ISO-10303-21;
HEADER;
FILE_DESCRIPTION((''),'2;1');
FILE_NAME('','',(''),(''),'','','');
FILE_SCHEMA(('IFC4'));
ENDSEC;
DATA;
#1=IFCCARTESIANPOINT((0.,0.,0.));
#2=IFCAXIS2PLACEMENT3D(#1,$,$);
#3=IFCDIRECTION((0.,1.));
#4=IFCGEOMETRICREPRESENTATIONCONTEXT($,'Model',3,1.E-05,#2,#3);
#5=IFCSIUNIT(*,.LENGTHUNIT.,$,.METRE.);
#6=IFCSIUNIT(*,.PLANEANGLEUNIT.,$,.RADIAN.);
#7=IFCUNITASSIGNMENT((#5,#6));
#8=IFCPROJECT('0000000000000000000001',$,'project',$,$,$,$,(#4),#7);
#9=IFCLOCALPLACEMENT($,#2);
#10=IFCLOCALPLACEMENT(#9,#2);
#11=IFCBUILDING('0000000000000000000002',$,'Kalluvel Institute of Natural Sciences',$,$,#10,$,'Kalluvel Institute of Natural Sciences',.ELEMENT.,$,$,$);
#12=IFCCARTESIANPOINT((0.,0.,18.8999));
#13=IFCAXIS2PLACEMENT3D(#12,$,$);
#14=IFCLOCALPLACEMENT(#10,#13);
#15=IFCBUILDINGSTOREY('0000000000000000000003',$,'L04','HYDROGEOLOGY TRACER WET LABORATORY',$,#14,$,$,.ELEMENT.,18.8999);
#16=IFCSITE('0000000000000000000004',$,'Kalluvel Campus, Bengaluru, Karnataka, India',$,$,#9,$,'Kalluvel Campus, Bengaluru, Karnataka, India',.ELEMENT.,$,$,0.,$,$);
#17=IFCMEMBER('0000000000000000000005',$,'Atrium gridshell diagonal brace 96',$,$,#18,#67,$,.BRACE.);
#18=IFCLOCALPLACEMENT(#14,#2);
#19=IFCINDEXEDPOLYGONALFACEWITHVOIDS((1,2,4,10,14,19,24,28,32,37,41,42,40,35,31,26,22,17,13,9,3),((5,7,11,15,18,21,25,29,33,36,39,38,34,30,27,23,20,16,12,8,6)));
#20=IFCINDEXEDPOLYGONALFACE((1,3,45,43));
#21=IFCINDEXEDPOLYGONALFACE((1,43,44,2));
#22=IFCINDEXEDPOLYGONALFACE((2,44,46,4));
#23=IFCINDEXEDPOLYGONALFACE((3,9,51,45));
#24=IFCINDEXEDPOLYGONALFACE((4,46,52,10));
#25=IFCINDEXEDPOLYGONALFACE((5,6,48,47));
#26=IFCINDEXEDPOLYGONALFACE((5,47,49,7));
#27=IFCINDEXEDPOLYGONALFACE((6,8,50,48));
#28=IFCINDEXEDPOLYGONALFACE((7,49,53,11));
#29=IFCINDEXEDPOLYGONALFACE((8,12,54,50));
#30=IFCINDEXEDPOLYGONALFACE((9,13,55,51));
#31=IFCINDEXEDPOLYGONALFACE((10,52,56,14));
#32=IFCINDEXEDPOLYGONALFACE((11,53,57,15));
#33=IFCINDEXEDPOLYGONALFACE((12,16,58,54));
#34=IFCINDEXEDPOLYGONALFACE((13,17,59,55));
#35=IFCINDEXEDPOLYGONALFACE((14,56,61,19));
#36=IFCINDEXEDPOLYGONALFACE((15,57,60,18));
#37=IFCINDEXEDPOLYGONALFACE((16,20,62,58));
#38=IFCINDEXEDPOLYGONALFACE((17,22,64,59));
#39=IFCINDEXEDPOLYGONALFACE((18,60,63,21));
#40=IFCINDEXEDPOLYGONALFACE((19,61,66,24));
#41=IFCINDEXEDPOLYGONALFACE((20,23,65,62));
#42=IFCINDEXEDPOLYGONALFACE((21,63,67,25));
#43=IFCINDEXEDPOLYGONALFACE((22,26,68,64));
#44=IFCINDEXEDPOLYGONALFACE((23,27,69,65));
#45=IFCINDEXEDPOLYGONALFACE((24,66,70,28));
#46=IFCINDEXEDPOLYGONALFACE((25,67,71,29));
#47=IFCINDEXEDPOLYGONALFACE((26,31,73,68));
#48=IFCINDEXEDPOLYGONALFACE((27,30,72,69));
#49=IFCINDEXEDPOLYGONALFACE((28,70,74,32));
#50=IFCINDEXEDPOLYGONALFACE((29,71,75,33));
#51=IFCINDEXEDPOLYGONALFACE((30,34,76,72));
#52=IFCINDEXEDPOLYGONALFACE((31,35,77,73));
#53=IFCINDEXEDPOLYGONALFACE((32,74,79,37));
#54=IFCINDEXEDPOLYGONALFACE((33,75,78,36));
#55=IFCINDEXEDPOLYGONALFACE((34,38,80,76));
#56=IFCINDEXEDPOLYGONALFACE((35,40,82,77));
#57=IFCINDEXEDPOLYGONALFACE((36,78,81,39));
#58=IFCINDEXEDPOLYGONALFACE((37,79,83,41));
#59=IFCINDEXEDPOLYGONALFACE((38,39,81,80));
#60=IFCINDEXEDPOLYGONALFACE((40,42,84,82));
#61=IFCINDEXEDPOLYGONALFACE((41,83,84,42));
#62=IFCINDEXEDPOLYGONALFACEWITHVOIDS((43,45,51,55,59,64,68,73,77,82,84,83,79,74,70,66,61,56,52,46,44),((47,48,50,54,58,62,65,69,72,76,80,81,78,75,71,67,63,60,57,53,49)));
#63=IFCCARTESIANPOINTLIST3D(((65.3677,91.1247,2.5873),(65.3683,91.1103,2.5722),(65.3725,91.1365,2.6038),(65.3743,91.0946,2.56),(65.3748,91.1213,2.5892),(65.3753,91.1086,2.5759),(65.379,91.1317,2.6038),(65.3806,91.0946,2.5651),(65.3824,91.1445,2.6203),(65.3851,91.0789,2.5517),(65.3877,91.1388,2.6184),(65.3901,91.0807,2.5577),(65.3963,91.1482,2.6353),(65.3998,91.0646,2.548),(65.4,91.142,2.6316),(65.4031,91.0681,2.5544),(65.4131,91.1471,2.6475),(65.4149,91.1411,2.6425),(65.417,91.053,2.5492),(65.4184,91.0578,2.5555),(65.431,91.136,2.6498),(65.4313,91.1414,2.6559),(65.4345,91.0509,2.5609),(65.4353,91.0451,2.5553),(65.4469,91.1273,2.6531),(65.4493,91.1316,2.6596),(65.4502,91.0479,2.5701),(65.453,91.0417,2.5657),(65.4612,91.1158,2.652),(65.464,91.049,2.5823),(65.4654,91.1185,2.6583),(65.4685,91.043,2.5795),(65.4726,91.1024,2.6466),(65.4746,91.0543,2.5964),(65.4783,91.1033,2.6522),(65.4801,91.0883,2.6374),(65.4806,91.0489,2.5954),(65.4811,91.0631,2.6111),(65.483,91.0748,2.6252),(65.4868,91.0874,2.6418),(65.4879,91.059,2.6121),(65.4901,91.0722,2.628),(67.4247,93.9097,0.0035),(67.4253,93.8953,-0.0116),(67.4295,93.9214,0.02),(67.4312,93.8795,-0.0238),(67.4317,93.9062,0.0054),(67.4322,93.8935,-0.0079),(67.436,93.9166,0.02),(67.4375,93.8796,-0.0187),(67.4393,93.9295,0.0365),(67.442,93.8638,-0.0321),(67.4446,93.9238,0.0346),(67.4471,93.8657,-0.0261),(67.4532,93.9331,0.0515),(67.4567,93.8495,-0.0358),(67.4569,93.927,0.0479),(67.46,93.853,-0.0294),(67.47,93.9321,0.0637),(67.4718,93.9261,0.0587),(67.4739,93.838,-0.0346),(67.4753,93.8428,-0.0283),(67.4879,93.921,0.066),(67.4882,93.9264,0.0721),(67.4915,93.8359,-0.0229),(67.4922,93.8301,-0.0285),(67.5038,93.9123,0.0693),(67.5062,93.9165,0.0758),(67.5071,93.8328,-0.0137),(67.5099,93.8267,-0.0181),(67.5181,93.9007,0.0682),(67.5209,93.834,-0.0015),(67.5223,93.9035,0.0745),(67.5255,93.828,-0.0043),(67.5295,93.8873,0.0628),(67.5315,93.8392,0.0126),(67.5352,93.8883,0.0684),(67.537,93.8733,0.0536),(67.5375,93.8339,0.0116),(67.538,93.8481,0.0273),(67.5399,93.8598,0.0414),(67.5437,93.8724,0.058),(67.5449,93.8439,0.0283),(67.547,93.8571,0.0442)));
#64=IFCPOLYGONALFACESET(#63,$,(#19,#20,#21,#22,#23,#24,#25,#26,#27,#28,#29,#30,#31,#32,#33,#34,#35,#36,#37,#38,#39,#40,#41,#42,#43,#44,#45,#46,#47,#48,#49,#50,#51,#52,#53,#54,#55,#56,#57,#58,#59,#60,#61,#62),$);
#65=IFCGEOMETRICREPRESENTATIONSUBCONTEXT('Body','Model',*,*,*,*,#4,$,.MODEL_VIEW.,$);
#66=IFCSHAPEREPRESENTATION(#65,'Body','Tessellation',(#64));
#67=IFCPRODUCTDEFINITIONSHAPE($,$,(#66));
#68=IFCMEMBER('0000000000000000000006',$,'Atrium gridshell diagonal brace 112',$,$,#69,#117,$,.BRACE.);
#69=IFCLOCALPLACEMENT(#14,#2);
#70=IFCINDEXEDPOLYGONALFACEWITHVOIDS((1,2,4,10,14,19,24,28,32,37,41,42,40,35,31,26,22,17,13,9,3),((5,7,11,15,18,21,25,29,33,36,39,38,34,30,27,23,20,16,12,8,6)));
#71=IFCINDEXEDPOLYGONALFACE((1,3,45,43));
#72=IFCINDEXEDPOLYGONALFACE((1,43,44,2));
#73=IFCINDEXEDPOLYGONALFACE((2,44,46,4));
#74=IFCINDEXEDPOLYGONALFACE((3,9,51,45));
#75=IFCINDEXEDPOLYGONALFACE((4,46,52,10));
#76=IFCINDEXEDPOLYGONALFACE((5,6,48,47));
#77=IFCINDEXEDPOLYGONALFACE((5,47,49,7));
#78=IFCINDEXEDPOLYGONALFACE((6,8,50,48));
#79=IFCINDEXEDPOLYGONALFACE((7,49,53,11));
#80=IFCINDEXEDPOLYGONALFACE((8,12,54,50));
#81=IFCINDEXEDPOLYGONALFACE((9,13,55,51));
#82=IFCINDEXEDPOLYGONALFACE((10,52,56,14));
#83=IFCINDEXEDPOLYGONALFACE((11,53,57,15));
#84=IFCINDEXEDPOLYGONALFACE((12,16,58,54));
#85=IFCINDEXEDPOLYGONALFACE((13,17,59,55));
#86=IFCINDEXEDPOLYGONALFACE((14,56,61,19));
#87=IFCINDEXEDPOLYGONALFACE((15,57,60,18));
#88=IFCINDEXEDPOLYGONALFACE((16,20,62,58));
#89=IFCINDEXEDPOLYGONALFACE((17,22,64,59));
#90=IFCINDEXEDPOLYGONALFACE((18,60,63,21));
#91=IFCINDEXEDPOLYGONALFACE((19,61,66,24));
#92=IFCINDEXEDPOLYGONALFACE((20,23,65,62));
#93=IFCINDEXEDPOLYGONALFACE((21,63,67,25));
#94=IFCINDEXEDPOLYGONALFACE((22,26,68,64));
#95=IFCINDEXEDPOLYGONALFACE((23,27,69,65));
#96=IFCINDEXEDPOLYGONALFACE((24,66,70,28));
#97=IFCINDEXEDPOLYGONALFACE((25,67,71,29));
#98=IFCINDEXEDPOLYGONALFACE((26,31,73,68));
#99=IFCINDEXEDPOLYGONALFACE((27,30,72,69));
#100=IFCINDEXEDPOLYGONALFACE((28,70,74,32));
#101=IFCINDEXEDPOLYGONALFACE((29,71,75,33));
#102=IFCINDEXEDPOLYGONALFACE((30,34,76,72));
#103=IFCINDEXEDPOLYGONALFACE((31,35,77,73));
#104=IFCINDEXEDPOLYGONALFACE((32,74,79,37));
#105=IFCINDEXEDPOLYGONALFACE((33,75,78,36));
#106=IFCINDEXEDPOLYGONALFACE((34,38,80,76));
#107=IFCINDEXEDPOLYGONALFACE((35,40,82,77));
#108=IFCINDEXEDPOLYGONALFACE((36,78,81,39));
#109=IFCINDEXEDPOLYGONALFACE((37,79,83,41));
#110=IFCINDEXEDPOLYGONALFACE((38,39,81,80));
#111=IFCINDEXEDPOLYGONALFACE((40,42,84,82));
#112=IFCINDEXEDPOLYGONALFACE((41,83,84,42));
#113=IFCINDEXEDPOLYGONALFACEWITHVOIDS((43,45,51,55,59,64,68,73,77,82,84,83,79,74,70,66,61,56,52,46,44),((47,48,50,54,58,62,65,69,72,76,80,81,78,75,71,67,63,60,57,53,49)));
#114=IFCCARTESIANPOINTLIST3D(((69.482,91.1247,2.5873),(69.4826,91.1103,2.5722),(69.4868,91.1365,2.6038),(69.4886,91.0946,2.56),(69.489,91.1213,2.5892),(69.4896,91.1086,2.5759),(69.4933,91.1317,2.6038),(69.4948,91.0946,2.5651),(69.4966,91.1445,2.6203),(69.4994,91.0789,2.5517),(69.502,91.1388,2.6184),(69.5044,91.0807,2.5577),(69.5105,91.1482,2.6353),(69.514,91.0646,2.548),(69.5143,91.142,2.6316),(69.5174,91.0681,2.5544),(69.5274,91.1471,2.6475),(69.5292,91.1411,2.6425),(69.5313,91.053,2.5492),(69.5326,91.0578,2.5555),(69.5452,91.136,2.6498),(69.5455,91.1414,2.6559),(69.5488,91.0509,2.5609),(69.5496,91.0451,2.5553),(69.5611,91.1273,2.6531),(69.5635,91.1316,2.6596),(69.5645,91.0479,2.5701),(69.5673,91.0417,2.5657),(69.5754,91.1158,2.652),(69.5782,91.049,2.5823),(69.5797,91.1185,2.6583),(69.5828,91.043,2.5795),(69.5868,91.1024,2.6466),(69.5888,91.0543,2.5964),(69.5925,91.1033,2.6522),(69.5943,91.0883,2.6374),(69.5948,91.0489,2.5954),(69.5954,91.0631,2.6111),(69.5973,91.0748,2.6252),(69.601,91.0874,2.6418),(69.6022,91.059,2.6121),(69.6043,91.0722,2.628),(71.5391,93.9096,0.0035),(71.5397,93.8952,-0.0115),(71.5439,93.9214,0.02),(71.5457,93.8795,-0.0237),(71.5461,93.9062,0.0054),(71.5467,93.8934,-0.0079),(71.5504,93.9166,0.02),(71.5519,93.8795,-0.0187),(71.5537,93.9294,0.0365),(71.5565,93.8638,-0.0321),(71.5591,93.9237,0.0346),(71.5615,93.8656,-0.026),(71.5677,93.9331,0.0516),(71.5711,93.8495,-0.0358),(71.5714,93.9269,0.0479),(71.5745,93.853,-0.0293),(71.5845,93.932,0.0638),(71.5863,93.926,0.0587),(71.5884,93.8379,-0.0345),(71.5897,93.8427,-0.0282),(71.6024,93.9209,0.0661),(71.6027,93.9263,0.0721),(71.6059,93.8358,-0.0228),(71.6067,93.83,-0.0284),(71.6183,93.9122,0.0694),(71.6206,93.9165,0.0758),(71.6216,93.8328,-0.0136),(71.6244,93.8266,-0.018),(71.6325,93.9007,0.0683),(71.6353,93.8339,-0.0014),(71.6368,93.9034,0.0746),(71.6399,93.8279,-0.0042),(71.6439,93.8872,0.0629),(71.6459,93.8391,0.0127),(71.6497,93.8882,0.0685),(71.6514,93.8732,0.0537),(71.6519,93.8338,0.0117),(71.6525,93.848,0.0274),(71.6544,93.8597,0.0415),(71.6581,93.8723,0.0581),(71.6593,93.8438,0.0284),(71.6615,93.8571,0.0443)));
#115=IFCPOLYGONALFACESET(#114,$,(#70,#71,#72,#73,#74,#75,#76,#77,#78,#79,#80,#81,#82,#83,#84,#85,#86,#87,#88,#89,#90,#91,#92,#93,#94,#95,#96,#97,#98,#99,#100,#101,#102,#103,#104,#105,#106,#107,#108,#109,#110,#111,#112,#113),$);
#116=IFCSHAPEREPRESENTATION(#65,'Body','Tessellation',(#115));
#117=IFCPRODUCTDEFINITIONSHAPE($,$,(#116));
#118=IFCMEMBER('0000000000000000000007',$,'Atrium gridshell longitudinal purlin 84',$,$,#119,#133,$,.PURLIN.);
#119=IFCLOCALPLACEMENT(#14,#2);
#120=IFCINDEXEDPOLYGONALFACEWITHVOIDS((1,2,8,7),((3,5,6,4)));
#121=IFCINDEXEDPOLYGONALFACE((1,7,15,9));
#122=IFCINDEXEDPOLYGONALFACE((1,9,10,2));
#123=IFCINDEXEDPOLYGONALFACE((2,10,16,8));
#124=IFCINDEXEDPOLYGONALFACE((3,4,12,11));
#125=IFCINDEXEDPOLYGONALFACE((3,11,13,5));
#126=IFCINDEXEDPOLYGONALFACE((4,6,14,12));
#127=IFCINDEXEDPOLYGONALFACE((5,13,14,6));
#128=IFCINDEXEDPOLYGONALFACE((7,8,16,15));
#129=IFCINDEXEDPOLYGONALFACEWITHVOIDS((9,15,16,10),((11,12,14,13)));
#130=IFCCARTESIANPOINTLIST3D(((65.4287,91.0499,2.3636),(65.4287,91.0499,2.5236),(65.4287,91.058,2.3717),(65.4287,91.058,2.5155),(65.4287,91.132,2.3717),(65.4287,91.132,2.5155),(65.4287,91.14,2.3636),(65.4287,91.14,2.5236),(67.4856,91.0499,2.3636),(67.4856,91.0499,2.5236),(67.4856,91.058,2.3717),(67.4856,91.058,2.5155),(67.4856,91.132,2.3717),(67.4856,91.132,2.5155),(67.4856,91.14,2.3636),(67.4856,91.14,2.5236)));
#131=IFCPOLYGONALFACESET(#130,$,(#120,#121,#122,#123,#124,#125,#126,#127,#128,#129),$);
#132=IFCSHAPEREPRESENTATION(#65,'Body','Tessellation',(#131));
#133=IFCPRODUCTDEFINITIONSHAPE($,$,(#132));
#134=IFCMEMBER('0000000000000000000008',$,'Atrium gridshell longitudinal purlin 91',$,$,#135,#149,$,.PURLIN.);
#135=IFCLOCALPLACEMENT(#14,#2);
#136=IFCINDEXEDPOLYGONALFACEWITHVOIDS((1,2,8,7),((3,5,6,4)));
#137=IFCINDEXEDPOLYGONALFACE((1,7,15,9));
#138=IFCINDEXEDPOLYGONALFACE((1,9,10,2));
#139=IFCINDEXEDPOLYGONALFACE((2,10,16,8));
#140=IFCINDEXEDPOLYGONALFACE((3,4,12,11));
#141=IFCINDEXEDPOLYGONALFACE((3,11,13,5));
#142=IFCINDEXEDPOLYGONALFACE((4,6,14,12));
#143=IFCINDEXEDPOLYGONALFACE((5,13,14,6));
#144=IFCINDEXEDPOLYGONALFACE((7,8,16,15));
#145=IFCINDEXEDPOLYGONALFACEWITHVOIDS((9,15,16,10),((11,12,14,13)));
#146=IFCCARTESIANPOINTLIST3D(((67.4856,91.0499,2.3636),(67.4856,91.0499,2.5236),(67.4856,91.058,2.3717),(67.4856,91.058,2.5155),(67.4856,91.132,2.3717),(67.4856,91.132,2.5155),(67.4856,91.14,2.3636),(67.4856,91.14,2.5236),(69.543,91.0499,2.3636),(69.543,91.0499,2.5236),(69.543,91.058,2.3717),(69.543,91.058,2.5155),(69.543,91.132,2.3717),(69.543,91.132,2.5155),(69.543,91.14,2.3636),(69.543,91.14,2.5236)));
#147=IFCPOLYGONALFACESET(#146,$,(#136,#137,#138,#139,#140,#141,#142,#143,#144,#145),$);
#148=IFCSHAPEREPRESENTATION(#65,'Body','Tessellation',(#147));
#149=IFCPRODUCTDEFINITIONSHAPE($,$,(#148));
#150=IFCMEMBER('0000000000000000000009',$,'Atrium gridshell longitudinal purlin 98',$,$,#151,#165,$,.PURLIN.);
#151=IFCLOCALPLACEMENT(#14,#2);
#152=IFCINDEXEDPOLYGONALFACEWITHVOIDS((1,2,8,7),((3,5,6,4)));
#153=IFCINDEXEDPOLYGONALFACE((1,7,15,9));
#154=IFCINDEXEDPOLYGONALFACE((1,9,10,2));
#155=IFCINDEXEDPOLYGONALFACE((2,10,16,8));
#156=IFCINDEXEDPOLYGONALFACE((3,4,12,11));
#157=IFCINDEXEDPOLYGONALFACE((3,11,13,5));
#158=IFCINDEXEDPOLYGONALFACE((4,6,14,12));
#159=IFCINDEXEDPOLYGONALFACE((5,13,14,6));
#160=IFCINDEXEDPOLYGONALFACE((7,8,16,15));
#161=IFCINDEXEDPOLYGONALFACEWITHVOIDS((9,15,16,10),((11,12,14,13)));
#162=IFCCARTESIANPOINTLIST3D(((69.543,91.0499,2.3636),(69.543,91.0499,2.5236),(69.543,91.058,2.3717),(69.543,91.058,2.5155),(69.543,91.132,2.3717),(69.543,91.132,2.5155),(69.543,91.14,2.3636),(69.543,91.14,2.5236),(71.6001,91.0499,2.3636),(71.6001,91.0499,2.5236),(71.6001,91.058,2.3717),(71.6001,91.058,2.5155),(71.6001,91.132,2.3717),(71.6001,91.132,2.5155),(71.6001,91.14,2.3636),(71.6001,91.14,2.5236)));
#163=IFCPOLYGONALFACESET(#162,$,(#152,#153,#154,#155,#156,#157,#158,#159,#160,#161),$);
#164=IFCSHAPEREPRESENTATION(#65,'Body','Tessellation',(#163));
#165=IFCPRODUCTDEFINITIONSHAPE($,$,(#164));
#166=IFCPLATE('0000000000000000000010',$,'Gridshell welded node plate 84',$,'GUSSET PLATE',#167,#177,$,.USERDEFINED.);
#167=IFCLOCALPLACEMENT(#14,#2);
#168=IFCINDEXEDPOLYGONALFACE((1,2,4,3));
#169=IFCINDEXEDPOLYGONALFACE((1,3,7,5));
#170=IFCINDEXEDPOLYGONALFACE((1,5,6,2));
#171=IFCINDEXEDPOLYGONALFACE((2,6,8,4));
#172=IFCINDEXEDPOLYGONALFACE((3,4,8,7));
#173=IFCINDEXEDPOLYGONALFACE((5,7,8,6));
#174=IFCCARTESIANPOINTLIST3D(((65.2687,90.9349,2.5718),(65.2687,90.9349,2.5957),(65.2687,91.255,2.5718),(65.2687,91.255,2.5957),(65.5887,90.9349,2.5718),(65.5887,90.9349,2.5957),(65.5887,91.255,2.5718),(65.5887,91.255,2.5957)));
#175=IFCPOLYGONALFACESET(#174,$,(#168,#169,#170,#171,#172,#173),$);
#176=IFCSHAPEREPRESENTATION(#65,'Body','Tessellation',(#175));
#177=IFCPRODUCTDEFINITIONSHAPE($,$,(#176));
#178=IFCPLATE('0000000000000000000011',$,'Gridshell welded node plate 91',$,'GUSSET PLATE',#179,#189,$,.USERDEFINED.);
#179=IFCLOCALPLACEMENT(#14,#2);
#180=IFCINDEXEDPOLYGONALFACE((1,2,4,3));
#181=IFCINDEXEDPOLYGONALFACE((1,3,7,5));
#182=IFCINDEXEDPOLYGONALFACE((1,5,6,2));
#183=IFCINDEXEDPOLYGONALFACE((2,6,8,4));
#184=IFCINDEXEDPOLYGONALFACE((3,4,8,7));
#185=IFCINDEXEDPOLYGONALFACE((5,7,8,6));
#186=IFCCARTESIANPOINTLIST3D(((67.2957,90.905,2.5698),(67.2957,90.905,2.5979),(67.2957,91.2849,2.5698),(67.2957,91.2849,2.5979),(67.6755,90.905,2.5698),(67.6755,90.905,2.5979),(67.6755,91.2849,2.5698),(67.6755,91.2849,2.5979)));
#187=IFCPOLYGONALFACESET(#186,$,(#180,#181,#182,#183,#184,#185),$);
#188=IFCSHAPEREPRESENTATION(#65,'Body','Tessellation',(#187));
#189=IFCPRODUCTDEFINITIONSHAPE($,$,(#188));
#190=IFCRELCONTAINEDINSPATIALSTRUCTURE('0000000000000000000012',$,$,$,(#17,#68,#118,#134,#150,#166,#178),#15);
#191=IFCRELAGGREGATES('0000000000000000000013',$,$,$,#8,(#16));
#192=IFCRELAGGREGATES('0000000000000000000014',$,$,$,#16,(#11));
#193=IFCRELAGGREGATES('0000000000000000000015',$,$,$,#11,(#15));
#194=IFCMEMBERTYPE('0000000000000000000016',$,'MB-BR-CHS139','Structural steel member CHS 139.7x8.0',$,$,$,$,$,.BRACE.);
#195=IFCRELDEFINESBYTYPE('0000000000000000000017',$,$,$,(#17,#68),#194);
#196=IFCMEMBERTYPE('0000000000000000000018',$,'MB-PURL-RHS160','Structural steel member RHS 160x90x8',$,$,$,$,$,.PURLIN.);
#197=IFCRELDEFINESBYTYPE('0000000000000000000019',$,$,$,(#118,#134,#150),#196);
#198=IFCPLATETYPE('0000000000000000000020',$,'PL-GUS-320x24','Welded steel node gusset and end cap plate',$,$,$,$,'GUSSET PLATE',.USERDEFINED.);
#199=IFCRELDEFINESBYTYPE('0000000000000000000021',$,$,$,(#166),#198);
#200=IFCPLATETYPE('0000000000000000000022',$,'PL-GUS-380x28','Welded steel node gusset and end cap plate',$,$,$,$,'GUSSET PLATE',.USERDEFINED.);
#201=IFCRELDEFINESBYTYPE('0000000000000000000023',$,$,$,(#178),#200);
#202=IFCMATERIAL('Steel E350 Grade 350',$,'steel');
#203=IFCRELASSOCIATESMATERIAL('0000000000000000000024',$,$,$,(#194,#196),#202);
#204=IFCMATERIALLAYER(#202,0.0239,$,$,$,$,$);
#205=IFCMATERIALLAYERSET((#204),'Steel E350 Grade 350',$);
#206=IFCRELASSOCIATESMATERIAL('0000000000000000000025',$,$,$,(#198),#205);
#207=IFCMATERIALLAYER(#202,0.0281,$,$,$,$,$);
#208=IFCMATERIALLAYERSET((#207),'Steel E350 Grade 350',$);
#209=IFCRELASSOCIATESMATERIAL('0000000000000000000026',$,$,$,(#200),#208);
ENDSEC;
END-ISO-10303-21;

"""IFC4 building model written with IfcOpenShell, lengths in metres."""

from ifc_helpers import new_model, si_unit, direction, frame, origin, origin_2d, place, context, subcontext, project, spatial, rectangle, hollow_rectangle, hollow_circle, extrude, material, layer, layer_set, material_profile, profile_set, type_object, element, save


model = new_model("IFC4")

# Units and contexts
model_context = context("Model", 3, precision=1e-05, world=origin(), true_north=direction((0.0, 1.0)))
body_context = subcontext(model_context, "Body", "Model", "MODEL_VIEW")
ifc_project = project(units=[si_unit("LENGTHUNIT", "METRE"), si_unit("PLANEANGLEUNIT", "RADIAN")], contexts=[model_context])

# Site, building, storey
site_placement = place(None, origin())
site = spatial("IfcSite", under=ifc_project, at=site_placement, Name="Kalluvel Campus, Bengaluru, Karnataka, India", LongName="Kalluvel Campus, Bengaluru, Karnataka, India", CompositionType="ELEMENT", RefElevation=0.0)
building_placement = place(site_placement, origin())
building = spatial("IfcBuilding", under=site, at=building_placement, Name="Kalluvel Institute of Natural Sciences", LongName="Kalluvel Institute of Natural Sciences", CompositionType="ELEMENT")
storey_placement = place(building_placement, frame((0.0, 0.0, 18.8999)))
storey = spatial("IfcBuildingStorey", under=building, at=storey_placement, Name="L04", Description="HYDROGEOLOGY TRACER WET LABORATORY", CompositionType="ELEMENT", Elevation=18.8999)

# Shared definitions
ifc_material_1 = material(Name="Steel E350 Grade 350", Category="steel")

# Members
ifc_material_profile_1 = material_profile(ifc_material_1, hollow_circle(Radius=0.0698, WallThickness=0.0081, at=origin_2d()), Name="CHS 139.7x8.0")
ifc_profile_set_1 = profile_set([ifc_material_profile_1], Name="Steel E350 Grade 350")
member_type_1 = type_object("IfcMemberType", Name="MB-BR-CHS139", Description="Structural steel member CHS 139.7x8.0", PredefinedType="BRACE", material=ifc_profile_set_1)
for number, where, z_axis, x_axis, name in (
    (1, (65.4287, 91.095, 2.6038), (0.476133, 0.644659, -0.598091), (-0.804387, 0.594106, 0.0), "Atrium gridshell diagonal brace 96"),
    (2, (69.543, 91.095, 2.6038), (0.476177, 0.644641, -0.598075), (-0.804353, 0.594151, 0.0), "Atrium gridshell diagonal brace 112"),
):
    element("IfcMember", number, at=place(storey_placement, frame(where, z_axis=z_axis, x_axis=x_axis)), inside=storey, type_object=member_type_1, Name=name, PredefinedType="BRACE", context=body_context, shape_type="SweptSolid", body=[
        extrude(hollow_circle(Radius=0.0698, WallThickness=0.0081, at=origin_2d()), origin(), (0.0, 0.0, 1.0), 4.3201),
    ])
ifc_material_profile_2 = material_profile(ifc_material_1, hollow_rectangle(XDim=0.0901, YDim=0.1599, WallThickness=0.0081, at=origin_2d()), Name="RHS 160x90x8")
ifc_profile_set_2 = profile_set([ifc_material_profile_2], Name="Steel E350 Grade 350")
member_type_2 = type_object("IfcMemberType", Name="MB-PURL-RHS160", Description="Structural steel member RHS 160x90x8", PredefinedType="PURLIN", material=ifc_profile_set_2)
member_1_placement = place(storey_placement, frame((65.4287, 91.095, 2.4436), z_axis=(1.0, 0.0, 0.0), x_axis=(0.0, 1.0, 0.0)))
element("IfcMember", 3, at=member_1_placement, inside=storey, type_object=member_type_2, Name="Atrium gridshell longitudinal purlin 84", PredefinedType="PURLIN", context=body_context, shape_type="SweptSolid", body=[
    extrude(hollow_rectangle(XDim=0.0901, YDim=0.1599, WallThickness=0.0081, at=origin_2d()), origin(), (0.0, 0.0, 1.0), 2.0569),
])
member_2_placement = place(storey_placement, frame((67.4856, 91.095, 2.4436), z_axis=(1.0, 0.0, 0.0), x_axis=(0.0, 1.0, 0.0)))
element("IfcMember", 4, at=member_2_placement, inside=storey, type_object=member_type_2, Name="Atrium gridshell longitudinal purlin 91", PredefinedType="PURLIN", context=body_context, shape_type="SweptSolid", body=[
    extrude(hollow_rectangle(XDim=0.0901, YDim=0.1599, WallThickness=0.0081, at=origin_2d()), origin(), (0.0, 0.0, 1.0), 2.0574),
])
member_3_placement = place(storey_placement, frame((69.543, 91.095, 2.4436), z_axis=(1.0, 0.0, 0.0), x_axis=(0.0, 1.0, 0.0)))
element("IfcMember", 5, at=member_3_placement, inside=storey, type_object=member_type_2, Name="Atrium gridshell longitudinal purlin 98", PredefinedType="PURLIN", context=body_context, shape_type="SweptSolid", body=[
    extrude(hollow_rectangle(XDim=0.0901, YDim=0.1599, WallThickness=0.0081, at=origin_2d()), origin(), (0.0, 0.0, 1.0), 2.0571),
])

# Plates
ifc_layer_1 = layer(ifc_material_1, 0.0239)
ifc_layer_set_1 = layer_set([ifc_layer_1], Name="Steel E350 Grade 350")
plate_type_1 = type_object("IfcPlateType", Name="PL-GUS-320x24", Description="Welded steel node gusset and end cap plate", ElementType="GUSSET PLATE", PredefinedType="USERDEFINED", material=ifc_layer_set_1)
plate_1_placement = place(storey_placement, frame((65.4287, 91.095, 2.5718), z_axis=(0.0, 0.0, 1.0), x_axis=(1.0, 0.0, 0.0)))
element("IfcPlate", 6, at=plate_1_placement, inside=storey, type_object=plate_type_1, Name="Gridshell welded node plate 84", ObjectType="GUSSET PLATE", PredefinedType="USERDEFINED", context=body_context, shape_type="SweptSolid", body=[
    extrude(rectangle(XDim=0.3201, YDim=0.3201, at=origin_2d()), origin(), (0.0, 0.0, 1.0), 0.0239),
])
ifc_layer_2 = layer(ifc_material_1, 0.0281)
ifc_layer_set_2 = layer_set([ifc_layer_2], Name="Steel E350 Grade 350")
plate_type_2 = type_object("IfcPlateType", Name="PL-GUS-380x28", Description="Welded steel node gusset and end cap plate", ElementType="GUSSET PLATE", PredefinedType="USERDEFINED", material=ifc_layer_set_2)
plate_2_placement = place(storey_placement, frame((67.4856, 91.095, 2.5698), z_axis=(0.0, 0.0, 1.0), x_axis=(1.0, 0.0, 0.0)))
element("IfcPlate", 7, at=plate_2_placement, inside=storey, type_object=plate_type_2, Name="Gridshell welded node plate 91", ObjectType="GUSSET PLATE", PredefinedType="USERDEFINED", context=body_context, shape_type="SweptSolid", body=[
    extrude(rectangle(XDim=0.3799, YDim=0.3799, at=origin_2d()), origin(), (0.0, 0.0, 1.0), 0.0281),
])

save(model, "model.ifc")
